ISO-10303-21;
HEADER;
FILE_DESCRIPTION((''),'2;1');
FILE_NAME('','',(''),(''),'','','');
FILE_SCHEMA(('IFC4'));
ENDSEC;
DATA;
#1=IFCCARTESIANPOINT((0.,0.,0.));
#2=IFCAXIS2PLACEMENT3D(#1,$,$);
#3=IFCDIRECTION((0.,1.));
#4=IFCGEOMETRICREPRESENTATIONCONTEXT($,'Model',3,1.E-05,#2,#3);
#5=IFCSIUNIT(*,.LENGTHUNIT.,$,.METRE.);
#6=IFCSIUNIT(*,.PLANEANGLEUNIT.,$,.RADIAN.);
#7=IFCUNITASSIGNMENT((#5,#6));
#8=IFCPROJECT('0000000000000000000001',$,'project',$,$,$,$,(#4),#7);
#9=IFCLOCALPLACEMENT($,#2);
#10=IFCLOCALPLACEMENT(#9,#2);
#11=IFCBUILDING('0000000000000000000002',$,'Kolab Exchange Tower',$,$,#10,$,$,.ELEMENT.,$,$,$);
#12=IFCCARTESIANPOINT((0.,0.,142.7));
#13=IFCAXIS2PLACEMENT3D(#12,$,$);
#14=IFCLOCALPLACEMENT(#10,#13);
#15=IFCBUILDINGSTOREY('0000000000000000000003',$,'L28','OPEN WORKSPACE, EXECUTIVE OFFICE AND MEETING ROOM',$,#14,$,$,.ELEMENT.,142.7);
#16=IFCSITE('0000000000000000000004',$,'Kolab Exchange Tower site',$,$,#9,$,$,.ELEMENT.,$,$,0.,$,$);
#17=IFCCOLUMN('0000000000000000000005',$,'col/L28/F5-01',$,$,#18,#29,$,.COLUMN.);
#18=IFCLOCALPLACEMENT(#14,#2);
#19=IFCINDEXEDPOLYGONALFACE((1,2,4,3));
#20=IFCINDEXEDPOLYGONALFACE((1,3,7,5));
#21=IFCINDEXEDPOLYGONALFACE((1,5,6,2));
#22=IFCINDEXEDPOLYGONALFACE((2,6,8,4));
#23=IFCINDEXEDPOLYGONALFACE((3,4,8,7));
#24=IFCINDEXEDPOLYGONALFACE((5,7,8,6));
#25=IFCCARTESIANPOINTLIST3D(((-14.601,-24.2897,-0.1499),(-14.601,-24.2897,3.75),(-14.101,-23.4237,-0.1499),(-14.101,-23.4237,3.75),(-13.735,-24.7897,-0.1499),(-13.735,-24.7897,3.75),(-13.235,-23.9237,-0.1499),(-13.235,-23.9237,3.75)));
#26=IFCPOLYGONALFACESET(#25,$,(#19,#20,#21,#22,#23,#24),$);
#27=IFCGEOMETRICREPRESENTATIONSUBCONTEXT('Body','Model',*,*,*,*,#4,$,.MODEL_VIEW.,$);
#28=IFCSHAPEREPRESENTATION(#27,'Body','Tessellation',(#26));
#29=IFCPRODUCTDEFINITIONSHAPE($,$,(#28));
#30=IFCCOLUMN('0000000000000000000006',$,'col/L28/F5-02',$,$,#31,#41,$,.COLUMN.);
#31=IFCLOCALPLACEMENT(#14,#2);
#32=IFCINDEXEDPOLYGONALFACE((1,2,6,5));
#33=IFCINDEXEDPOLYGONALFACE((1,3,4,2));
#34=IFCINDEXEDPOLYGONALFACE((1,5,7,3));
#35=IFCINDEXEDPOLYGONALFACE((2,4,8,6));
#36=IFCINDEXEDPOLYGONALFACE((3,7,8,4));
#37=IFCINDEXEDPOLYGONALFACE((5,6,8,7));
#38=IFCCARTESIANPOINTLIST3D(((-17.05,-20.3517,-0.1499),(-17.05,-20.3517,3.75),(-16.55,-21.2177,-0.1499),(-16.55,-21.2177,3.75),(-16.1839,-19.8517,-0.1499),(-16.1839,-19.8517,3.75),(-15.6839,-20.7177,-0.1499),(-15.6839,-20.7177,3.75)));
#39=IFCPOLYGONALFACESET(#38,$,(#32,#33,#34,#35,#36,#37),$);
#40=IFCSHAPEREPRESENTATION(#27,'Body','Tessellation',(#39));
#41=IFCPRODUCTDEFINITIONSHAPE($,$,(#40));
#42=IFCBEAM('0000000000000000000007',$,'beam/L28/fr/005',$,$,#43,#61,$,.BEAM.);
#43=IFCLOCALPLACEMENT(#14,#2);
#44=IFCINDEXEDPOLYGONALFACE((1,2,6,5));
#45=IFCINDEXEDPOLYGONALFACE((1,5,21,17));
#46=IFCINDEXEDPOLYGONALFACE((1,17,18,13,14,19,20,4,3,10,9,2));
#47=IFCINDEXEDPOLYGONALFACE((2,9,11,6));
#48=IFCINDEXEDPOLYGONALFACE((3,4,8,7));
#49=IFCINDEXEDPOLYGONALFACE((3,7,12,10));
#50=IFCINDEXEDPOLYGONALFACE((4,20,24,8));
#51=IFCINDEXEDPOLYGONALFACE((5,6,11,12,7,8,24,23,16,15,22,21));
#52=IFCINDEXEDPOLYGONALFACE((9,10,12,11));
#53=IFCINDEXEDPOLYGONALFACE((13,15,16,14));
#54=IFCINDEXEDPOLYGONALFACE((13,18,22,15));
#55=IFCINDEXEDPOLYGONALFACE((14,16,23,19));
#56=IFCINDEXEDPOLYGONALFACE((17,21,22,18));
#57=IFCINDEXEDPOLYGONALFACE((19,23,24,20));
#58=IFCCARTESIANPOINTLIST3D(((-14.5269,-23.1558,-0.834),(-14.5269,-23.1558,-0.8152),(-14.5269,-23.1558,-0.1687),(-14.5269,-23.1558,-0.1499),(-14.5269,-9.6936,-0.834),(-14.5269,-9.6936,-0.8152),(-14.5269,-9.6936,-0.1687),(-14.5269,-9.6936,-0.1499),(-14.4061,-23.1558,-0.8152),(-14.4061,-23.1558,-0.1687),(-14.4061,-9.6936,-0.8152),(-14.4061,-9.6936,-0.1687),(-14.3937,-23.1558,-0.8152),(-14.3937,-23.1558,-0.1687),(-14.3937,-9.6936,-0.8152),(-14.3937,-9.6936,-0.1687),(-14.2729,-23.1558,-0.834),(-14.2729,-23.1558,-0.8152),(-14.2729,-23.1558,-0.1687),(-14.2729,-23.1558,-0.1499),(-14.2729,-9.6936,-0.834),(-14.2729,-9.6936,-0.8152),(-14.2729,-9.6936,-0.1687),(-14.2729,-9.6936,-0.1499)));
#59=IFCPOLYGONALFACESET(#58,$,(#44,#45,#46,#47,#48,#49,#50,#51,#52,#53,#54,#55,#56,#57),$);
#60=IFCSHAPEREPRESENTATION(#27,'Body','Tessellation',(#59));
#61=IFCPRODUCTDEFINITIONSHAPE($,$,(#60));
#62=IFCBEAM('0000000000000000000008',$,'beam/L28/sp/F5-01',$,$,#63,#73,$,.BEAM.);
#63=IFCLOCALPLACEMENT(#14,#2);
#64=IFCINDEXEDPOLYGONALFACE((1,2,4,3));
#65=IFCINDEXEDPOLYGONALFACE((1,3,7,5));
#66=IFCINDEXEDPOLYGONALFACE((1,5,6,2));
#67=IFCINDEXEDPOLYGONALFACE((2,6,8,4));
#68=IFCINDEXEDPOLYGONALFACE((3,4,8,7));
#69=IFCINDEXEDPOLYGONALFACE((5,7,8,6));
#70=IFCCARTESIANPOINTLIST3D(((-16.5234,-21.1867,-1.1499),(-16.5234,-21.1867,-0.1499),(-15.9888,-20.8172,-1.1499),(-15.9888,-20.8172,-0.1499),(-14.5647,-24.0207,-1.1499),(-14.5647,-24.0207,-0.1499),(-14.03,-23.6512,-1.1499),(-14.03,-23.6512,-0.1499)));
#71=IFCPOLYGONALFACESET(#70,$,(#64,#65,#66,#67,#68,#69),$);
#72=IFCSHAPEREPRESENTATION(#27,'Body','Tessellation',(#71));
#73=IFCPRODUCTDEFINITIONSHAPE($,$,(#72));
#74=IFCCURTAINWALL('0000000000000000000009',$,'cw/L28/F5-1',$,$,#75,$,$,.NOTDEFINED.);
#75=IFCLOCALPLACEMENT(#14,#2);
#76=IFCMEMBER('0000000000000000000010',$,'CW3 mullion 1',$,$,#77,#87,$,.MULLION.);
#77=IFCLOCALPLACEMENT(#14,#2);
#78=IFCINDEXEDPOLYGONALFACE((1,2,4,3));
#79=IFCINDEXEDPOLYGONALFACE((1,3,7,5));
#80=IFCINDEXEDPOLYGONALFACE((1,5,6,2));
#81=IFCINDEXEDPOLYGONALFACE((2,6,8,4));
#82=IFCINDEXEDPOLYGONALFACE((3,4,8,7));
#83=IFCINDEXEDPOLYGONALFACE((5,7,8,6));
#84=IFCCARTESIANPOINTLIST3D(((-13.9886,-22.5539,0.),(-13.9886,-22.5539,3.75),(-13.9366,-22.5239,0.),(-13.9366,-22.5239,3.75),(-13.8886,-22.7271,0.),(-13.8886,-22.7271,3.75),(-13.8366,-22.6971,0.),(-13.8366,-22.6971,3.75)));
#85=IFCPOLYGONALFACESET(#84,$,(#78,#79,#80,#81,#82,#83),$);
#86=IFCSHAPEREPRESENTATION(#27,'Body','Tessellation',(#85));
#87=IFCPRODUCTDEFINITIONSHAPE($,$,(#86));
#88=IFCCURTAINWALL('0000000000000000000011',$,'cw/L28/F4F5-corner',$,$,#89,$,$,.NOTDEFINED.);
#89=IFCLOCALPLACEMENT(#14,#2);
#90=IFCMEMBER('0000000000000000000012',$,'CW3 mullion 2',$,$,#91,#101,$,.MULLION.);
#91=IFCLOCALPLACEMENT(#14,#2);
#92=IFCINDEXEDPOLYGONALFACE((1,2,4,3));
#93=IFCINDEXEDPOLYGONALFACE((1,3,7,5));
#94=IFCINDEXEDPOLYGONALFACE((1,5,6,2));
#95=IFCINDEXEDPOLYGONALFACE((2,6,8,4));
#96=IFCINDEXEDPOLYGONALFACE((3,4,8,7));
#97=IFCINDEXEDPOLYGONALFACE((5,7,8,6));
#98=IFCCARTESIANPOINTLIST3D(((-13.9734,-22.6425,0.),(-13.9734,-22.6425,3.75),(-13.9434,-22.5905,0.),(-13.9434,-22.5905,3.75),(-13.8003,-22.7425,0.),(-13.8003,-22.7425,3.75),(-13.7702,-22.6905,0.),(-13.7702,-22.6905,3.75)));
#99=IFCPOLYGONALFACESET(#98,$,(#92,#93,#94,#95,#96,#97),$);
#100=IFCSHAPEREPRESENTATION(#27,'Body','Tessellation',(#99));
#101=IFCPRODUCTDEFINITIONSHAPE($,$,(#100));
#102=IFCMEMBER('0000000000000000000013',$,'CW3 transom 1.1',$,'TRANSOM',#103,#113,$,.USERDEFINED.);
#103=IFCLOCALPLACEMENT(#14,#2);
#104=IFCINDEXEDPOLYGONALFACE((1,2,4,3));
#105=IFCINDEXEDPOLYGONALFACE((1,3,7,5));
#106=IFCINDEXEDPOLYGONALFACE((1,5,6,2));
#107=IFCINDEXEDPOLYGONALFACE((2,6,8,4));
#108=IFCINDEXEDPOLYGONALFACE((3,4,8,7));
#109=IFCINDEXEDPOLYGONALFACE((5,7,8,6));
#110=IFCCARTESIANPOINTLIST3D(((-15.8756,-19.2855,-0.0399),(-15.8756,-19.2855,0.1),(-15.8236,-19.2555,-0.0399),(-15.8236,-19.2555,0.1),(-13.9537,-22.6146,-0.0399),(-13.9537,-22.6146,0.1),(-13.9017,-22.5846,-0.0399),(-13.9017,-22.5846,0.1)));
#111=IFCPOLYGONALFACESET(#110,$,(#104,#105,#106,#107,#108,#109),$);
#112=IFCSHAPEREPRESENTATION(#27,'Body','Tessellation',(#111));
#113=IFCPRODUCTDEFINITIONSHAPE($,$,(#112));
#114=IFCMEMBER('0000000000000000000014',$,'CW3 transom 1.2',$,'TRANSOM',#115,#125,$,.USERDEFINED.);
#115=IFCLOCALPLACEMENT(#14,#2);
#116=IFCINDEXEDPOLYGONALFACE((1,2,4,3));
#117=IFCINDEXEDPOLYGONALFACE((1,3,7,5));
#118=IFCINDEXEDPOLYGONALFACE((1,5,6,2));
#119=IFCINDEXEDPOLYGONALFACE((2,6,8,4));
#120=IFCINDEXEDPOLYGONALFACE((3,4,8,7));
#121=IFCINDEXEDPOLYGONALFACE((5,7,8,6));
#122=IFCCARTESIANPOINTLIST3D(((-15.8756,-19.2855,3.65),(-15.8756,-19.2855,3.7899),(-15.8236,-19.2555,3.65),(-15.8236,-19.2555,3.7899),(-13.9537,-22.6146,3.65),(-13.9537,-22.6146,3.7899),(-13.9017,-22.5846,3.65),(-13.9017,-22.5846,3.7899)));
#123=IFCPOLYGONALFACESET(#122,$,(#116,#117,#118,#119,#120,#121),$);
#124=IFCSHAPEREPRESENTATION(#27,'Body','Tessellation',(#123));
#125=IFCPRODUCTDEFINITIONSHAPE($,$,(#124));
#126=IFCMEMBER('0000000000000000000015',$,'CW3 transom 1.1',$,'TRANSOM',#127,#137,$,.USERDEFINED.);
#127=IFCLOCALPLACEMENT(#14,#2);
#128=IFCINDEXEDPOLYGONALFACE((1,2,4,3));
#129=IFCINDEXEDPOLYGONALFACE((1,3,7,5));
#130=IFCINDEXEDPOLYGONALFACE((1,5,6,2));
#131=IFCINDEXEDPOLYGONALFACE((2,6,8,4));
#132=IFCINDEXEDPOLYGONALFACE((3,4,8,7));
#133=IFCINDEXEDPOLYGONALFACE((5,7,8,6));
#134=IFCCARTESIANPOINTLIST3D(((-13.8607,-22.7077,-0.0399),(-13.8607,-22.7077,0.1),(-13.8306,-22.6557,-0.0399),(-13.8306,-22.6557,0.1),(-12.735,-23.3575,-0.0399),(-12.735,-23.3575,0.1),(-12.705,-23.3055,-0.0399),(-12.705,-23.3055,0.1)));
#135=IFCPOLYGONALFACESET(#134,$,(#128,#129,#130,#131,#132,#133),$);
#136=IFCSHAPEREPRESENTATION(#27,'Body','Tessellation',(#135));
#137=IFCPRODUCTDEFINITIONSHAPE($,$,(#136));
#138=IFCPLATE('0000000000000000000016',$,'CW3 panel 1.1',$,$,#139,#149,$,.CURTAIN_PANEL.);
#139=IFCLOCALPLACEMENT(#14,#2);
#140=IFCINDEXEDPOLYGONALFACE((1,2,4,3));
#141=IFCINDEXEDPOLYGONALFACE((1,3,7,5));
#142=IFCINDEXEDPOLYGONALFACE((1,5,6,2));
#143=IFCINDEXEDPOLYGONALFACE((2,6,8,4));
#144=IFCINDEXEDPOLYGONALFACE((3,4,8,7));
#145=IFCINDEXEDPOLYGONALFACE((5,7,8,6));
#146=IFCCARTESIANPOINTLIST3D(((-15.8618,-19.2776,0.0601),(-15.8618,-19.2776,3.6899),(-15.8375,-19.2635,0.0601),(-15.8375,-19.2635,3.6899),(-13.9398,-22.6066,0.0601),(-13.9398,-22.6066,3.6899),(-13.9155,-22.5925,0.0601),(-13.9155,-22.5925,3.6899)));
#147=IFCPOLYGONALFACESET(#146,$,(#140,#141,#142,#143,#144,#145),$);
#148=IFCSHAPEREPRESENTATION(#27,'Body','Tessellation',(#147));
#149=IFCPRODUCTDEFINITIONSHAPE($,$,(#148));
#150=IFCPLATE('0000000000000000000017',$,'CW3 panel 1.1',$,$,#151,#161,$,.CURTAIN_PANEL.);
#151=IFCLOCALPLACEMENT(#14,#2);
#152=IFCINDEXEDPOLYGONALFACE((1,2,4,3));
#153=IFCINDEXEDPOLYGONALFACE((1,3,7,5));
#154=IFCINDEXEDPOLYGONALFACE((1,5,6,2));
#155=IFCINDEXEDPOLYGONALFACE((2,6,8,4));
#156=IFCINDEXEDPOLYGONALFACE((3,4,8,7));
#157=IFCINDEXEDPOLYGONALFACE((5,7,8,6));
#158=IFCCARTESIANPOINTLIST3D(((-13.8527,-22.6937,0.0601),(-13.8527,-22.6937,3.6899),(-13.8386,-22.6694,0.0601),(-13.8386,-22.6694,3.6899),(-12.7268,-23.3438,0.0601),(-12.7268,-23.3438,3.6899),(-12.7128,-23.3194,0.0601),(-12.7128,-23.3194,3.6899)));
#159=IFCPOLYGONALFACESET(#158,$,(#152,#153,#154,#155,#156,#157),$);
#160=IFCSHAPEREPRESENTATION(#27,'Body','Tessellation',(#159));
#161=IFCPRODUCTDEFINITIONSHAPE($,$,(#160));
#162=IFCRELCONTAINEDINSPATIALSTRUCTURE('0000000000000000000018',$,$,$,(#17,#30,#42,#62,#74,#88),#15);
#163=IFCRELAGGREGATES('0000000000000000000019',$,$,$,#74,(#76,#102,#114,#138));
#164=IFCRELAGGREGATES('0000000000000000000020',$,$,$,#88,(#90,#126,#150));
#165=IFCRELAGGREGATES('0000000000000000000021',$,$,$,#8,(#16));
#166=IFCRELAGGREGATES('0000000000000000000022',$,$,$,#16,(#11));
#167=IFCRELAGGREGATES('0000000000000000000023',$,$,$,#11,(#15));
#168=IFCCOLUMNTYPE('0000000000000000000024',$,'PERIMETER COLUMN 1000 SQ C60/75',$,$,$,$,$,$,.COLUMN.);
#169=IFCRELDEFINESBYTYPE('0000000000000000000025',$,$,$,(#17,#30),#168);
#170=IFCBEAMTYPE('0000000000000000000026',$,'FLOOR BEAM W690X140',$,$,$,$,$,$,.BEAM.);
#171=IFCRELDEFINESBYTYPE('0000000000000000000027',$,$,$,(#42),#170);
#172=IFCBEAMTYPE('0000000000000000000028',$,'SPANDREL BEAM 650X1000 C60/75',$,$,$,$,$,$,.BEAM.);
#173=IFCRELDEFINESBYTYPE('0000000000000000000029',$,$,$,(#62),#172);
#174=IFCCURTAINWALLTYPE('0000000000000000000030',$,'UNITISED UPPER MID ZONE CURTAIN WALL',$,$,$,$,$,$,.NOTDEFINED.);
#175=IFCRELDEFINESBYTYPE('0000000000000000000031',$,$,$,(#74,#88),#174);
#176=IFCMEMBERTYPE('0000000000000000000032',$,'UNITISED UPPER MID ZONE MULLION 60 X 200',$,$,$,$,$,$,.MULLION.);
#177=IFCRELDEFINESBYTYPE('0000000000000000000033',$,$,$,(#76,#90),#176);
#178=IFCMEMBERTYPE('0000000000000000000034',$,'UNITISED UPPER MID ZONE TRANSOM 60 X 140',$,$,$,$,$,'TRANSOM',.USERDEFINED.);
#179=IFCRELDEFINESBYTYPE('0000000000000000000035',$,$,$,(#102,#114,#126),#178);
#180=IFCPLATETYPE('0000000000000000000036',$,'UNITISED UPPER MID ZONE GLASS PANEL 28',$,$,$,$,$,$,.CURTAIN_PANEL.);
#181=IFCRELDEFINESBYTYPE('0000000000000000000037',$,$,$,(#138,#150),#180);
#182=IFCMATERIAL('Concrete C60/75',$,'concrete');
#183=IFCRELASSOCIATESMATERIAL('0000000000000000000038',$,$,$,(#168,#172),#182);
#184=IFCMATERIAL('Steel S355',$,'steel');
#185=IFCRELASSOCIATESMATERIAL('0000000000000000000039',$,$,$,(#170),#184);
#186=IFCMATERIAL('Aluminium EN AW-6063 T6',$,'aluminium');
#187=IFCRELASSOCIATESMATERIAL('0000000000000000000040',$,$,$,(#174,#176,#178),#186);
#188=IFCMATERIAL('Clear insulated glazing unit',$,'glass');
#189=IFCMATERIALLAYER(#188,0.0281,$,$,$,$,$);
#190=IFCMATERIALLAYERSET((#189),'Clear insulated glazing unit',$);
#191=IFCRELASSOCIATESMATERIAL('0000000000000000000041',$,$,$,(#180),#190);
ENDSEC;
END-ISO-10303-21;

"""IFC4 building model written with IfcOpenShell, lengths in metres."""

from ifc_helpers import new_model, si_unit, direction, frame, origin, origin_2d, place, context, subcontext, project, spatial, rectangle, i_section, extrude, material, layer, layer_set, material_profile, profile_set, type_object, element, aggregate, save


model = new_model("IFC4")

# Units and contexts
model_context = context("Model", 3, precision=1e-05, world=origin(), true_north=direction((0.0, 1.0)))
body_context = subcontext(model_context, "Body", "Model", "MODEL_VIEW")
ifc_project = project(units=[si_unit("LENGTHUNIT", "METRE"), si_unit("PLANEANGLEUNIT", "RADIAN")], contexts=[model_context])

# Site, building, storey
site_placement = place(None, origin())
site = spatial("IfcSite", under=ifc_project, at=site_placement, Name="Kolab Exchange Tower site", CompositionType="ELEMENT", RefElevation=0.0)
building_placement = place(site_placement, origin())
building = spatial("IfcBuilding", under=site, at=building_placement, Name="Kolab Exchange Tower", CompositionType="ELEMENT")
storey_placement = place(building_placement, frame((0.0, 0.0, 142.7)))
storey = spatial("IfcBuildingStorey", under=building, at=storey_placement, Name="L28", Description="OPEN WORKSPACE, EXECUTIVE OFFICE AND MEETING ROOM", CompositionType="ELEMENT", Elevation=142.7)

# Columns
ifc_material_1 = material(Name="Concrete C60/75", Category="concrete")
ifc_material_profile_1 = material_profile(ifc_material_1, rectangle(XDim=1.0, YDim=1.0, at=origin_2d()), Name="RC1000")
ifc_profile_set_1 = profile_set([ifc_material_profile_1], Name="Concrete C60/75")
column_type = type_object("IfcColumnType", Name="PERIMETER COLUMN 1000 SQ C60/75", PredefinedType="COLUMN", material=ifc_profile_set_1)
for number, where, z_axis, x_axis, name in (
    (1, (-13.918, -24.1067, -0.1499), (0.0, 0.0, 1.0), (0.5, 0.866025, 0.0), "col/L28/F5-01"),
    (2, (-16.3669, -20.5347, -0.1499), (0.0, 0.0, 1.0), (0.866025, 0.5, 0.0), "col/L28/F5-02"),
):
    element("IfcColumn", number, at=place(storey_placement, frame(where, z_axis=z_axis, x_axis=x_axis)), inside=storey, type_object=column_type, Name=name, PredefinedType="COLUMN", context=body_context, shape_type="SweptSolid", body=[
        extrude(rectangle(XDim=1.0, YDim=1.0, at=origin_2d()), origin(), (0.0, 0.0, 1.0), 3.8999),
    ])

# Beams
ifc_material_2 = material(Name="Steel S355", Category="steel")
ifc_material_profile_2 = material_profile(ifc_material_2, i_section(OverallWidth=0.2539, OverallDepth=0.6841, WebThickness=0.0125, FlangeThickness=0.0188, at=origin_2d()), Name="W690X140")
ifc_profile_set_2 = profile_set([ifc_material_profile_2], Name="Steel S355")
beam_type_1 = type_object("IfcBeamType", Name="FLOOR BEAM W690X140", PredefinedType="BEAM", material=ifc_profile_set_2)
beam_1_placement = place(storey_placement, frame((-14.3999, -23.1558, -0.4919), z_axis=(0.0, 1.0, 0.0), x_axis=(-1.0, 0.0, 0.0)))
element("IfcBeam", 3, at=beam_1_placement, inside=storey, type_object=beam_type_1, Name="beam/L28/fr/005", PredefinedType="BEAM", context=body_context, shape_type="SweptSolid", body=[
    extrude(i_section(OverallWidth=0.2539, OverallDepth=0.6841, WebThickness=0.0125, FlangeThickness=0.0188, at=origin_2d()), origin(), (0.0, 0.0, 1.0), 13.4622),
])
ifc_material_profile_3 = material_profile(ifc_material_1, rectangle(XDim=0.6499, YDim=1.0, at=origin_2d()), Name="RC650X1000")
ifc_profile_set_3 = profile_set([ifc_material_profile_3], Name="Concrete C60/75")
beam_type_2 = type_object("IfcBeamType", Name="SPANDREL BEAM 650X1000 C60/75", PredefinedType="BEAM", material=ifc_profile_set_3)
beam_2_placement = place(storey_placement, frame((-14.2974, -23.8359, -0.6499), z_axis=(-0.568572, 0.822633, 0.0), x_axis=(-0.822633, -0.568572, 0.0)))
element("IfcBeam", 4, at=beam_2_placement, inside=storey, type_object=beam_type_2, Name="beam/L28/sp/F5-01", PredefinedType="BEAM", context=body_context, shape_type="SweptSolid", body=[
    extrude(rectangle(XDim=0.6499, YDim=1.0, at=origin_2d()), origin(), (0.0, 0.0, 1.0), 3.4451),
])

# Curtain walls, members
ifc_material_3 = material(Name="Aluminium EN AW-6063 T6", Category="aluminium")
curtain_wall_type = type_object("IfcCurtainWallType", Name="UNITISED UPPER MID ZONE CURTAIN WALL", PredefinedType="NOTDEFINED", material=ifc_material_3)
curtain_wall_1_placement = place(storey_placement, origin())
curtain_wall_1 = element("IfcCurtainWall", 5, at=curtain_wall_1_placement, inside=storey, type_object=curtain_wall_type, Name="cw/L28/F5-1", PredefinedType="NOTDEFINED")
ifc_material_profile_4 = material_profile(ifc_material_3, rectangle(XDim=0.0601, YDim=0.2, at=origin_2d()), Name="RECT 60X200")
ifc_profile_set_4 = profile_set([ifc_material_profile_4], Name="Aluminium EN AW-6063 T6")
member_type_1 = type_object("IfcMemberType", Name="UNITISED UPPER MID ZONE MULLION 60 X 200", PredefinedType="MULLION", material=ifc_profile_set_4)
member_1_placement = place(storey_placement, frame((-13.9126, -22.6255, 0.0), z_axis=(0.0, 0.0, 1.0), x_axis=(-0.866025, -0.5, 0.0)))
member_1 = element("IfcMember", 6, at=member_1_placement, type_object=member_type_1, Name="CW3 mullion 1", PredefinedType="MULLION", context=body_context, shape_type="SweptSolid", body=[
    extrude(rectangle(XDim=0.0601, YDim=0.2, at=origin_2d()), origin(), (0.0, 0.0, 1.0), 3.75),
])
curtain_wall_2_placement = place(storey_placement, origin())
curtain_wall_2 = element("IfcCurtainWall", 7, at=curtain_wall_2_placement, inside=storey, type_object=curtain_wall_type, Name="cw/L28/F4F5-corner", PredefinedType="NOTDEFINED")
member_2_placement = place(storey_placement, frame((-13.8718, -22.6665, 0.0), z_axis=(0.0, 0.0, 1.0), x_axis=(-0.5, -0.866025, 0.0)))
member_2 = element("IfcMember", 8, at=member_2_placement, type_object=member_type_1, Name="CW3 mullion 2", PredefinedType="MULLION", context=body_context, shape_type="SweptSolid", body=[
    extrude(rectangle(XDim=0.0601, YDim=0.2, at=origin_2d()), origin(), (0.0, 0.0, 1.0), 3.75),
])

# Members
ifc_material_profile_5 = material_profile(ifc_material_3, rectangle(XDim=0.0601, YDim=0.1399, at=origin_2d()), Name="RECT 60X140")
ifc_profile_set_5 = profile_set([ifc_material_profile_5], Name="Aluminium EN AW-6063 T6")
member_type_2 = type_object("IfcMemberType", Name="UNITISED UPPER MID ZONE TRANSOM 60 X 140", ElementType="TRANSOM", PredefinedType="USERDEFINED", material=ifc_profile_set_5)
member_3_placement = place(storey_placement, frame((-13.9277, -22.5996, 0.03), z_axis=(-0.499964, 0.866046, 0.0), x_axis=(-0.866046, -0.499964, 0.0)))
member_3 = element("IfcMember", 9, at=member_3_placement, type_object=member_type_2, Name="CW3 transom 1.1", ObjectType="TRANSOM", PredefinedType="USERDEFINED", context=body_context, shape_type="SweptSolid", body=[
    extrude(rectangle(XDim=0.0601, YDim=0.1399, at=origin_2d()), origin(), (0.0, 0.0, 1.0), 3.844),
])
member_4_placement = place(storey_placement, frame((-13.9277, -22.5996, 3.72), z_axis=(-0.499964, 0.866046, 0.0), x_axis=(-0.866046, -0.499964, 0.0)))
member_4 = element("IfcMember", 10, at=member_4_placement, type_object=member_type_2, Name="CW3 transom 1.2", ObjectType="TRANSOM", PredefinedType="USERDEFINED", context=body_context, shape_type="SweptSolid", body=[
    extrude(rectangle(XDim=0.0601, YDim=0.1399, at=origin_2d()), origin(), (0.0, 0.0, 1.0), 3.844),
])
member_5_placement = place(storey_placement, frame((-12.72, -23.3315, 0.03), z_axis=(-0.866039, 0.499977, 0.0), x_axis=(-0.499977, -0.866039, 0.0)))
member_5 = element("IfcMember", 11, at=member_5_placement, type_object=member_type_2, Name="CW3 transom 1.1", ObjectType="TRANSOM", PredefinedType="USERDEFINED", context=body_context, shape_type="SweptSolid", body=[
    extrude(rectangle(XDim=0.0601, YDim=0.1399, at=origin_2d()), origin(), (0.0, 0.0, 1.0), 1.2998),
])

# Plates
ifc_material_4 = material(Name="Clear insulated glazing unit", Category="glass")
ifc_layer = layer(ifc_material_4, 0.0281)
ifc_layer_set = layer_set([ifc_layer], Name="Clear insulated glazing unit")
plate_type = type_object("IfcPlateType", Name="UNITISED UPPER MID ZONE GLASS PANEL 28", PredefinedType="CURTAIN_PANEL", material=ifc_layer_set)
plate_1_placement = place(storey_placement, frame((-14.8887, -20.9351, 0.0601), z_axis=(0.0, 0.0, 1.0), x_axis=(-0.5, 0.866025, 0.0)))
plate_1 = element("IfcPlate", 12, at=plate_1_placement, type_object=plate_type, Name="CW3 panel 1.1", PredefinedType="CURTAIN_PANEL", context=body_context, shape_type="SweptSolid", body=[
    extrude(rectangle(XDim=3.844, YDim=0.0281, at=origin_2d()), origin(), (0.0, 0.0, 1.0), 3.6299),
])
aggregate(curtain_wall_1, [member_1, member_3, member_4, plate_1])
plate_2_placement = place(storey_placement, frame((-13.2827, -23.0066, 0.0601), z_axis=(0.0, 0.0, 1.0), x_axis=(-0.866025, 0.5, 0.0)))
plate_2 = element("IfcPlate", 13, at=plate_2_placement, type_object=plate_type, Name="CW3 panel 1.1", PredefinedType="CURTAIN_PANEL", context=body_context, shape_type="SweptSolid", body=[
    extrude(rectangle(XDim=1.3, YDim=0.0281, at=origin_2d()), origin(), (0.0, 0.0, 1.0), 3.6299),
])
aggregate(curtain_wall_2, [member_2, member_5, plate_2])

save(model, "model.ifc")
